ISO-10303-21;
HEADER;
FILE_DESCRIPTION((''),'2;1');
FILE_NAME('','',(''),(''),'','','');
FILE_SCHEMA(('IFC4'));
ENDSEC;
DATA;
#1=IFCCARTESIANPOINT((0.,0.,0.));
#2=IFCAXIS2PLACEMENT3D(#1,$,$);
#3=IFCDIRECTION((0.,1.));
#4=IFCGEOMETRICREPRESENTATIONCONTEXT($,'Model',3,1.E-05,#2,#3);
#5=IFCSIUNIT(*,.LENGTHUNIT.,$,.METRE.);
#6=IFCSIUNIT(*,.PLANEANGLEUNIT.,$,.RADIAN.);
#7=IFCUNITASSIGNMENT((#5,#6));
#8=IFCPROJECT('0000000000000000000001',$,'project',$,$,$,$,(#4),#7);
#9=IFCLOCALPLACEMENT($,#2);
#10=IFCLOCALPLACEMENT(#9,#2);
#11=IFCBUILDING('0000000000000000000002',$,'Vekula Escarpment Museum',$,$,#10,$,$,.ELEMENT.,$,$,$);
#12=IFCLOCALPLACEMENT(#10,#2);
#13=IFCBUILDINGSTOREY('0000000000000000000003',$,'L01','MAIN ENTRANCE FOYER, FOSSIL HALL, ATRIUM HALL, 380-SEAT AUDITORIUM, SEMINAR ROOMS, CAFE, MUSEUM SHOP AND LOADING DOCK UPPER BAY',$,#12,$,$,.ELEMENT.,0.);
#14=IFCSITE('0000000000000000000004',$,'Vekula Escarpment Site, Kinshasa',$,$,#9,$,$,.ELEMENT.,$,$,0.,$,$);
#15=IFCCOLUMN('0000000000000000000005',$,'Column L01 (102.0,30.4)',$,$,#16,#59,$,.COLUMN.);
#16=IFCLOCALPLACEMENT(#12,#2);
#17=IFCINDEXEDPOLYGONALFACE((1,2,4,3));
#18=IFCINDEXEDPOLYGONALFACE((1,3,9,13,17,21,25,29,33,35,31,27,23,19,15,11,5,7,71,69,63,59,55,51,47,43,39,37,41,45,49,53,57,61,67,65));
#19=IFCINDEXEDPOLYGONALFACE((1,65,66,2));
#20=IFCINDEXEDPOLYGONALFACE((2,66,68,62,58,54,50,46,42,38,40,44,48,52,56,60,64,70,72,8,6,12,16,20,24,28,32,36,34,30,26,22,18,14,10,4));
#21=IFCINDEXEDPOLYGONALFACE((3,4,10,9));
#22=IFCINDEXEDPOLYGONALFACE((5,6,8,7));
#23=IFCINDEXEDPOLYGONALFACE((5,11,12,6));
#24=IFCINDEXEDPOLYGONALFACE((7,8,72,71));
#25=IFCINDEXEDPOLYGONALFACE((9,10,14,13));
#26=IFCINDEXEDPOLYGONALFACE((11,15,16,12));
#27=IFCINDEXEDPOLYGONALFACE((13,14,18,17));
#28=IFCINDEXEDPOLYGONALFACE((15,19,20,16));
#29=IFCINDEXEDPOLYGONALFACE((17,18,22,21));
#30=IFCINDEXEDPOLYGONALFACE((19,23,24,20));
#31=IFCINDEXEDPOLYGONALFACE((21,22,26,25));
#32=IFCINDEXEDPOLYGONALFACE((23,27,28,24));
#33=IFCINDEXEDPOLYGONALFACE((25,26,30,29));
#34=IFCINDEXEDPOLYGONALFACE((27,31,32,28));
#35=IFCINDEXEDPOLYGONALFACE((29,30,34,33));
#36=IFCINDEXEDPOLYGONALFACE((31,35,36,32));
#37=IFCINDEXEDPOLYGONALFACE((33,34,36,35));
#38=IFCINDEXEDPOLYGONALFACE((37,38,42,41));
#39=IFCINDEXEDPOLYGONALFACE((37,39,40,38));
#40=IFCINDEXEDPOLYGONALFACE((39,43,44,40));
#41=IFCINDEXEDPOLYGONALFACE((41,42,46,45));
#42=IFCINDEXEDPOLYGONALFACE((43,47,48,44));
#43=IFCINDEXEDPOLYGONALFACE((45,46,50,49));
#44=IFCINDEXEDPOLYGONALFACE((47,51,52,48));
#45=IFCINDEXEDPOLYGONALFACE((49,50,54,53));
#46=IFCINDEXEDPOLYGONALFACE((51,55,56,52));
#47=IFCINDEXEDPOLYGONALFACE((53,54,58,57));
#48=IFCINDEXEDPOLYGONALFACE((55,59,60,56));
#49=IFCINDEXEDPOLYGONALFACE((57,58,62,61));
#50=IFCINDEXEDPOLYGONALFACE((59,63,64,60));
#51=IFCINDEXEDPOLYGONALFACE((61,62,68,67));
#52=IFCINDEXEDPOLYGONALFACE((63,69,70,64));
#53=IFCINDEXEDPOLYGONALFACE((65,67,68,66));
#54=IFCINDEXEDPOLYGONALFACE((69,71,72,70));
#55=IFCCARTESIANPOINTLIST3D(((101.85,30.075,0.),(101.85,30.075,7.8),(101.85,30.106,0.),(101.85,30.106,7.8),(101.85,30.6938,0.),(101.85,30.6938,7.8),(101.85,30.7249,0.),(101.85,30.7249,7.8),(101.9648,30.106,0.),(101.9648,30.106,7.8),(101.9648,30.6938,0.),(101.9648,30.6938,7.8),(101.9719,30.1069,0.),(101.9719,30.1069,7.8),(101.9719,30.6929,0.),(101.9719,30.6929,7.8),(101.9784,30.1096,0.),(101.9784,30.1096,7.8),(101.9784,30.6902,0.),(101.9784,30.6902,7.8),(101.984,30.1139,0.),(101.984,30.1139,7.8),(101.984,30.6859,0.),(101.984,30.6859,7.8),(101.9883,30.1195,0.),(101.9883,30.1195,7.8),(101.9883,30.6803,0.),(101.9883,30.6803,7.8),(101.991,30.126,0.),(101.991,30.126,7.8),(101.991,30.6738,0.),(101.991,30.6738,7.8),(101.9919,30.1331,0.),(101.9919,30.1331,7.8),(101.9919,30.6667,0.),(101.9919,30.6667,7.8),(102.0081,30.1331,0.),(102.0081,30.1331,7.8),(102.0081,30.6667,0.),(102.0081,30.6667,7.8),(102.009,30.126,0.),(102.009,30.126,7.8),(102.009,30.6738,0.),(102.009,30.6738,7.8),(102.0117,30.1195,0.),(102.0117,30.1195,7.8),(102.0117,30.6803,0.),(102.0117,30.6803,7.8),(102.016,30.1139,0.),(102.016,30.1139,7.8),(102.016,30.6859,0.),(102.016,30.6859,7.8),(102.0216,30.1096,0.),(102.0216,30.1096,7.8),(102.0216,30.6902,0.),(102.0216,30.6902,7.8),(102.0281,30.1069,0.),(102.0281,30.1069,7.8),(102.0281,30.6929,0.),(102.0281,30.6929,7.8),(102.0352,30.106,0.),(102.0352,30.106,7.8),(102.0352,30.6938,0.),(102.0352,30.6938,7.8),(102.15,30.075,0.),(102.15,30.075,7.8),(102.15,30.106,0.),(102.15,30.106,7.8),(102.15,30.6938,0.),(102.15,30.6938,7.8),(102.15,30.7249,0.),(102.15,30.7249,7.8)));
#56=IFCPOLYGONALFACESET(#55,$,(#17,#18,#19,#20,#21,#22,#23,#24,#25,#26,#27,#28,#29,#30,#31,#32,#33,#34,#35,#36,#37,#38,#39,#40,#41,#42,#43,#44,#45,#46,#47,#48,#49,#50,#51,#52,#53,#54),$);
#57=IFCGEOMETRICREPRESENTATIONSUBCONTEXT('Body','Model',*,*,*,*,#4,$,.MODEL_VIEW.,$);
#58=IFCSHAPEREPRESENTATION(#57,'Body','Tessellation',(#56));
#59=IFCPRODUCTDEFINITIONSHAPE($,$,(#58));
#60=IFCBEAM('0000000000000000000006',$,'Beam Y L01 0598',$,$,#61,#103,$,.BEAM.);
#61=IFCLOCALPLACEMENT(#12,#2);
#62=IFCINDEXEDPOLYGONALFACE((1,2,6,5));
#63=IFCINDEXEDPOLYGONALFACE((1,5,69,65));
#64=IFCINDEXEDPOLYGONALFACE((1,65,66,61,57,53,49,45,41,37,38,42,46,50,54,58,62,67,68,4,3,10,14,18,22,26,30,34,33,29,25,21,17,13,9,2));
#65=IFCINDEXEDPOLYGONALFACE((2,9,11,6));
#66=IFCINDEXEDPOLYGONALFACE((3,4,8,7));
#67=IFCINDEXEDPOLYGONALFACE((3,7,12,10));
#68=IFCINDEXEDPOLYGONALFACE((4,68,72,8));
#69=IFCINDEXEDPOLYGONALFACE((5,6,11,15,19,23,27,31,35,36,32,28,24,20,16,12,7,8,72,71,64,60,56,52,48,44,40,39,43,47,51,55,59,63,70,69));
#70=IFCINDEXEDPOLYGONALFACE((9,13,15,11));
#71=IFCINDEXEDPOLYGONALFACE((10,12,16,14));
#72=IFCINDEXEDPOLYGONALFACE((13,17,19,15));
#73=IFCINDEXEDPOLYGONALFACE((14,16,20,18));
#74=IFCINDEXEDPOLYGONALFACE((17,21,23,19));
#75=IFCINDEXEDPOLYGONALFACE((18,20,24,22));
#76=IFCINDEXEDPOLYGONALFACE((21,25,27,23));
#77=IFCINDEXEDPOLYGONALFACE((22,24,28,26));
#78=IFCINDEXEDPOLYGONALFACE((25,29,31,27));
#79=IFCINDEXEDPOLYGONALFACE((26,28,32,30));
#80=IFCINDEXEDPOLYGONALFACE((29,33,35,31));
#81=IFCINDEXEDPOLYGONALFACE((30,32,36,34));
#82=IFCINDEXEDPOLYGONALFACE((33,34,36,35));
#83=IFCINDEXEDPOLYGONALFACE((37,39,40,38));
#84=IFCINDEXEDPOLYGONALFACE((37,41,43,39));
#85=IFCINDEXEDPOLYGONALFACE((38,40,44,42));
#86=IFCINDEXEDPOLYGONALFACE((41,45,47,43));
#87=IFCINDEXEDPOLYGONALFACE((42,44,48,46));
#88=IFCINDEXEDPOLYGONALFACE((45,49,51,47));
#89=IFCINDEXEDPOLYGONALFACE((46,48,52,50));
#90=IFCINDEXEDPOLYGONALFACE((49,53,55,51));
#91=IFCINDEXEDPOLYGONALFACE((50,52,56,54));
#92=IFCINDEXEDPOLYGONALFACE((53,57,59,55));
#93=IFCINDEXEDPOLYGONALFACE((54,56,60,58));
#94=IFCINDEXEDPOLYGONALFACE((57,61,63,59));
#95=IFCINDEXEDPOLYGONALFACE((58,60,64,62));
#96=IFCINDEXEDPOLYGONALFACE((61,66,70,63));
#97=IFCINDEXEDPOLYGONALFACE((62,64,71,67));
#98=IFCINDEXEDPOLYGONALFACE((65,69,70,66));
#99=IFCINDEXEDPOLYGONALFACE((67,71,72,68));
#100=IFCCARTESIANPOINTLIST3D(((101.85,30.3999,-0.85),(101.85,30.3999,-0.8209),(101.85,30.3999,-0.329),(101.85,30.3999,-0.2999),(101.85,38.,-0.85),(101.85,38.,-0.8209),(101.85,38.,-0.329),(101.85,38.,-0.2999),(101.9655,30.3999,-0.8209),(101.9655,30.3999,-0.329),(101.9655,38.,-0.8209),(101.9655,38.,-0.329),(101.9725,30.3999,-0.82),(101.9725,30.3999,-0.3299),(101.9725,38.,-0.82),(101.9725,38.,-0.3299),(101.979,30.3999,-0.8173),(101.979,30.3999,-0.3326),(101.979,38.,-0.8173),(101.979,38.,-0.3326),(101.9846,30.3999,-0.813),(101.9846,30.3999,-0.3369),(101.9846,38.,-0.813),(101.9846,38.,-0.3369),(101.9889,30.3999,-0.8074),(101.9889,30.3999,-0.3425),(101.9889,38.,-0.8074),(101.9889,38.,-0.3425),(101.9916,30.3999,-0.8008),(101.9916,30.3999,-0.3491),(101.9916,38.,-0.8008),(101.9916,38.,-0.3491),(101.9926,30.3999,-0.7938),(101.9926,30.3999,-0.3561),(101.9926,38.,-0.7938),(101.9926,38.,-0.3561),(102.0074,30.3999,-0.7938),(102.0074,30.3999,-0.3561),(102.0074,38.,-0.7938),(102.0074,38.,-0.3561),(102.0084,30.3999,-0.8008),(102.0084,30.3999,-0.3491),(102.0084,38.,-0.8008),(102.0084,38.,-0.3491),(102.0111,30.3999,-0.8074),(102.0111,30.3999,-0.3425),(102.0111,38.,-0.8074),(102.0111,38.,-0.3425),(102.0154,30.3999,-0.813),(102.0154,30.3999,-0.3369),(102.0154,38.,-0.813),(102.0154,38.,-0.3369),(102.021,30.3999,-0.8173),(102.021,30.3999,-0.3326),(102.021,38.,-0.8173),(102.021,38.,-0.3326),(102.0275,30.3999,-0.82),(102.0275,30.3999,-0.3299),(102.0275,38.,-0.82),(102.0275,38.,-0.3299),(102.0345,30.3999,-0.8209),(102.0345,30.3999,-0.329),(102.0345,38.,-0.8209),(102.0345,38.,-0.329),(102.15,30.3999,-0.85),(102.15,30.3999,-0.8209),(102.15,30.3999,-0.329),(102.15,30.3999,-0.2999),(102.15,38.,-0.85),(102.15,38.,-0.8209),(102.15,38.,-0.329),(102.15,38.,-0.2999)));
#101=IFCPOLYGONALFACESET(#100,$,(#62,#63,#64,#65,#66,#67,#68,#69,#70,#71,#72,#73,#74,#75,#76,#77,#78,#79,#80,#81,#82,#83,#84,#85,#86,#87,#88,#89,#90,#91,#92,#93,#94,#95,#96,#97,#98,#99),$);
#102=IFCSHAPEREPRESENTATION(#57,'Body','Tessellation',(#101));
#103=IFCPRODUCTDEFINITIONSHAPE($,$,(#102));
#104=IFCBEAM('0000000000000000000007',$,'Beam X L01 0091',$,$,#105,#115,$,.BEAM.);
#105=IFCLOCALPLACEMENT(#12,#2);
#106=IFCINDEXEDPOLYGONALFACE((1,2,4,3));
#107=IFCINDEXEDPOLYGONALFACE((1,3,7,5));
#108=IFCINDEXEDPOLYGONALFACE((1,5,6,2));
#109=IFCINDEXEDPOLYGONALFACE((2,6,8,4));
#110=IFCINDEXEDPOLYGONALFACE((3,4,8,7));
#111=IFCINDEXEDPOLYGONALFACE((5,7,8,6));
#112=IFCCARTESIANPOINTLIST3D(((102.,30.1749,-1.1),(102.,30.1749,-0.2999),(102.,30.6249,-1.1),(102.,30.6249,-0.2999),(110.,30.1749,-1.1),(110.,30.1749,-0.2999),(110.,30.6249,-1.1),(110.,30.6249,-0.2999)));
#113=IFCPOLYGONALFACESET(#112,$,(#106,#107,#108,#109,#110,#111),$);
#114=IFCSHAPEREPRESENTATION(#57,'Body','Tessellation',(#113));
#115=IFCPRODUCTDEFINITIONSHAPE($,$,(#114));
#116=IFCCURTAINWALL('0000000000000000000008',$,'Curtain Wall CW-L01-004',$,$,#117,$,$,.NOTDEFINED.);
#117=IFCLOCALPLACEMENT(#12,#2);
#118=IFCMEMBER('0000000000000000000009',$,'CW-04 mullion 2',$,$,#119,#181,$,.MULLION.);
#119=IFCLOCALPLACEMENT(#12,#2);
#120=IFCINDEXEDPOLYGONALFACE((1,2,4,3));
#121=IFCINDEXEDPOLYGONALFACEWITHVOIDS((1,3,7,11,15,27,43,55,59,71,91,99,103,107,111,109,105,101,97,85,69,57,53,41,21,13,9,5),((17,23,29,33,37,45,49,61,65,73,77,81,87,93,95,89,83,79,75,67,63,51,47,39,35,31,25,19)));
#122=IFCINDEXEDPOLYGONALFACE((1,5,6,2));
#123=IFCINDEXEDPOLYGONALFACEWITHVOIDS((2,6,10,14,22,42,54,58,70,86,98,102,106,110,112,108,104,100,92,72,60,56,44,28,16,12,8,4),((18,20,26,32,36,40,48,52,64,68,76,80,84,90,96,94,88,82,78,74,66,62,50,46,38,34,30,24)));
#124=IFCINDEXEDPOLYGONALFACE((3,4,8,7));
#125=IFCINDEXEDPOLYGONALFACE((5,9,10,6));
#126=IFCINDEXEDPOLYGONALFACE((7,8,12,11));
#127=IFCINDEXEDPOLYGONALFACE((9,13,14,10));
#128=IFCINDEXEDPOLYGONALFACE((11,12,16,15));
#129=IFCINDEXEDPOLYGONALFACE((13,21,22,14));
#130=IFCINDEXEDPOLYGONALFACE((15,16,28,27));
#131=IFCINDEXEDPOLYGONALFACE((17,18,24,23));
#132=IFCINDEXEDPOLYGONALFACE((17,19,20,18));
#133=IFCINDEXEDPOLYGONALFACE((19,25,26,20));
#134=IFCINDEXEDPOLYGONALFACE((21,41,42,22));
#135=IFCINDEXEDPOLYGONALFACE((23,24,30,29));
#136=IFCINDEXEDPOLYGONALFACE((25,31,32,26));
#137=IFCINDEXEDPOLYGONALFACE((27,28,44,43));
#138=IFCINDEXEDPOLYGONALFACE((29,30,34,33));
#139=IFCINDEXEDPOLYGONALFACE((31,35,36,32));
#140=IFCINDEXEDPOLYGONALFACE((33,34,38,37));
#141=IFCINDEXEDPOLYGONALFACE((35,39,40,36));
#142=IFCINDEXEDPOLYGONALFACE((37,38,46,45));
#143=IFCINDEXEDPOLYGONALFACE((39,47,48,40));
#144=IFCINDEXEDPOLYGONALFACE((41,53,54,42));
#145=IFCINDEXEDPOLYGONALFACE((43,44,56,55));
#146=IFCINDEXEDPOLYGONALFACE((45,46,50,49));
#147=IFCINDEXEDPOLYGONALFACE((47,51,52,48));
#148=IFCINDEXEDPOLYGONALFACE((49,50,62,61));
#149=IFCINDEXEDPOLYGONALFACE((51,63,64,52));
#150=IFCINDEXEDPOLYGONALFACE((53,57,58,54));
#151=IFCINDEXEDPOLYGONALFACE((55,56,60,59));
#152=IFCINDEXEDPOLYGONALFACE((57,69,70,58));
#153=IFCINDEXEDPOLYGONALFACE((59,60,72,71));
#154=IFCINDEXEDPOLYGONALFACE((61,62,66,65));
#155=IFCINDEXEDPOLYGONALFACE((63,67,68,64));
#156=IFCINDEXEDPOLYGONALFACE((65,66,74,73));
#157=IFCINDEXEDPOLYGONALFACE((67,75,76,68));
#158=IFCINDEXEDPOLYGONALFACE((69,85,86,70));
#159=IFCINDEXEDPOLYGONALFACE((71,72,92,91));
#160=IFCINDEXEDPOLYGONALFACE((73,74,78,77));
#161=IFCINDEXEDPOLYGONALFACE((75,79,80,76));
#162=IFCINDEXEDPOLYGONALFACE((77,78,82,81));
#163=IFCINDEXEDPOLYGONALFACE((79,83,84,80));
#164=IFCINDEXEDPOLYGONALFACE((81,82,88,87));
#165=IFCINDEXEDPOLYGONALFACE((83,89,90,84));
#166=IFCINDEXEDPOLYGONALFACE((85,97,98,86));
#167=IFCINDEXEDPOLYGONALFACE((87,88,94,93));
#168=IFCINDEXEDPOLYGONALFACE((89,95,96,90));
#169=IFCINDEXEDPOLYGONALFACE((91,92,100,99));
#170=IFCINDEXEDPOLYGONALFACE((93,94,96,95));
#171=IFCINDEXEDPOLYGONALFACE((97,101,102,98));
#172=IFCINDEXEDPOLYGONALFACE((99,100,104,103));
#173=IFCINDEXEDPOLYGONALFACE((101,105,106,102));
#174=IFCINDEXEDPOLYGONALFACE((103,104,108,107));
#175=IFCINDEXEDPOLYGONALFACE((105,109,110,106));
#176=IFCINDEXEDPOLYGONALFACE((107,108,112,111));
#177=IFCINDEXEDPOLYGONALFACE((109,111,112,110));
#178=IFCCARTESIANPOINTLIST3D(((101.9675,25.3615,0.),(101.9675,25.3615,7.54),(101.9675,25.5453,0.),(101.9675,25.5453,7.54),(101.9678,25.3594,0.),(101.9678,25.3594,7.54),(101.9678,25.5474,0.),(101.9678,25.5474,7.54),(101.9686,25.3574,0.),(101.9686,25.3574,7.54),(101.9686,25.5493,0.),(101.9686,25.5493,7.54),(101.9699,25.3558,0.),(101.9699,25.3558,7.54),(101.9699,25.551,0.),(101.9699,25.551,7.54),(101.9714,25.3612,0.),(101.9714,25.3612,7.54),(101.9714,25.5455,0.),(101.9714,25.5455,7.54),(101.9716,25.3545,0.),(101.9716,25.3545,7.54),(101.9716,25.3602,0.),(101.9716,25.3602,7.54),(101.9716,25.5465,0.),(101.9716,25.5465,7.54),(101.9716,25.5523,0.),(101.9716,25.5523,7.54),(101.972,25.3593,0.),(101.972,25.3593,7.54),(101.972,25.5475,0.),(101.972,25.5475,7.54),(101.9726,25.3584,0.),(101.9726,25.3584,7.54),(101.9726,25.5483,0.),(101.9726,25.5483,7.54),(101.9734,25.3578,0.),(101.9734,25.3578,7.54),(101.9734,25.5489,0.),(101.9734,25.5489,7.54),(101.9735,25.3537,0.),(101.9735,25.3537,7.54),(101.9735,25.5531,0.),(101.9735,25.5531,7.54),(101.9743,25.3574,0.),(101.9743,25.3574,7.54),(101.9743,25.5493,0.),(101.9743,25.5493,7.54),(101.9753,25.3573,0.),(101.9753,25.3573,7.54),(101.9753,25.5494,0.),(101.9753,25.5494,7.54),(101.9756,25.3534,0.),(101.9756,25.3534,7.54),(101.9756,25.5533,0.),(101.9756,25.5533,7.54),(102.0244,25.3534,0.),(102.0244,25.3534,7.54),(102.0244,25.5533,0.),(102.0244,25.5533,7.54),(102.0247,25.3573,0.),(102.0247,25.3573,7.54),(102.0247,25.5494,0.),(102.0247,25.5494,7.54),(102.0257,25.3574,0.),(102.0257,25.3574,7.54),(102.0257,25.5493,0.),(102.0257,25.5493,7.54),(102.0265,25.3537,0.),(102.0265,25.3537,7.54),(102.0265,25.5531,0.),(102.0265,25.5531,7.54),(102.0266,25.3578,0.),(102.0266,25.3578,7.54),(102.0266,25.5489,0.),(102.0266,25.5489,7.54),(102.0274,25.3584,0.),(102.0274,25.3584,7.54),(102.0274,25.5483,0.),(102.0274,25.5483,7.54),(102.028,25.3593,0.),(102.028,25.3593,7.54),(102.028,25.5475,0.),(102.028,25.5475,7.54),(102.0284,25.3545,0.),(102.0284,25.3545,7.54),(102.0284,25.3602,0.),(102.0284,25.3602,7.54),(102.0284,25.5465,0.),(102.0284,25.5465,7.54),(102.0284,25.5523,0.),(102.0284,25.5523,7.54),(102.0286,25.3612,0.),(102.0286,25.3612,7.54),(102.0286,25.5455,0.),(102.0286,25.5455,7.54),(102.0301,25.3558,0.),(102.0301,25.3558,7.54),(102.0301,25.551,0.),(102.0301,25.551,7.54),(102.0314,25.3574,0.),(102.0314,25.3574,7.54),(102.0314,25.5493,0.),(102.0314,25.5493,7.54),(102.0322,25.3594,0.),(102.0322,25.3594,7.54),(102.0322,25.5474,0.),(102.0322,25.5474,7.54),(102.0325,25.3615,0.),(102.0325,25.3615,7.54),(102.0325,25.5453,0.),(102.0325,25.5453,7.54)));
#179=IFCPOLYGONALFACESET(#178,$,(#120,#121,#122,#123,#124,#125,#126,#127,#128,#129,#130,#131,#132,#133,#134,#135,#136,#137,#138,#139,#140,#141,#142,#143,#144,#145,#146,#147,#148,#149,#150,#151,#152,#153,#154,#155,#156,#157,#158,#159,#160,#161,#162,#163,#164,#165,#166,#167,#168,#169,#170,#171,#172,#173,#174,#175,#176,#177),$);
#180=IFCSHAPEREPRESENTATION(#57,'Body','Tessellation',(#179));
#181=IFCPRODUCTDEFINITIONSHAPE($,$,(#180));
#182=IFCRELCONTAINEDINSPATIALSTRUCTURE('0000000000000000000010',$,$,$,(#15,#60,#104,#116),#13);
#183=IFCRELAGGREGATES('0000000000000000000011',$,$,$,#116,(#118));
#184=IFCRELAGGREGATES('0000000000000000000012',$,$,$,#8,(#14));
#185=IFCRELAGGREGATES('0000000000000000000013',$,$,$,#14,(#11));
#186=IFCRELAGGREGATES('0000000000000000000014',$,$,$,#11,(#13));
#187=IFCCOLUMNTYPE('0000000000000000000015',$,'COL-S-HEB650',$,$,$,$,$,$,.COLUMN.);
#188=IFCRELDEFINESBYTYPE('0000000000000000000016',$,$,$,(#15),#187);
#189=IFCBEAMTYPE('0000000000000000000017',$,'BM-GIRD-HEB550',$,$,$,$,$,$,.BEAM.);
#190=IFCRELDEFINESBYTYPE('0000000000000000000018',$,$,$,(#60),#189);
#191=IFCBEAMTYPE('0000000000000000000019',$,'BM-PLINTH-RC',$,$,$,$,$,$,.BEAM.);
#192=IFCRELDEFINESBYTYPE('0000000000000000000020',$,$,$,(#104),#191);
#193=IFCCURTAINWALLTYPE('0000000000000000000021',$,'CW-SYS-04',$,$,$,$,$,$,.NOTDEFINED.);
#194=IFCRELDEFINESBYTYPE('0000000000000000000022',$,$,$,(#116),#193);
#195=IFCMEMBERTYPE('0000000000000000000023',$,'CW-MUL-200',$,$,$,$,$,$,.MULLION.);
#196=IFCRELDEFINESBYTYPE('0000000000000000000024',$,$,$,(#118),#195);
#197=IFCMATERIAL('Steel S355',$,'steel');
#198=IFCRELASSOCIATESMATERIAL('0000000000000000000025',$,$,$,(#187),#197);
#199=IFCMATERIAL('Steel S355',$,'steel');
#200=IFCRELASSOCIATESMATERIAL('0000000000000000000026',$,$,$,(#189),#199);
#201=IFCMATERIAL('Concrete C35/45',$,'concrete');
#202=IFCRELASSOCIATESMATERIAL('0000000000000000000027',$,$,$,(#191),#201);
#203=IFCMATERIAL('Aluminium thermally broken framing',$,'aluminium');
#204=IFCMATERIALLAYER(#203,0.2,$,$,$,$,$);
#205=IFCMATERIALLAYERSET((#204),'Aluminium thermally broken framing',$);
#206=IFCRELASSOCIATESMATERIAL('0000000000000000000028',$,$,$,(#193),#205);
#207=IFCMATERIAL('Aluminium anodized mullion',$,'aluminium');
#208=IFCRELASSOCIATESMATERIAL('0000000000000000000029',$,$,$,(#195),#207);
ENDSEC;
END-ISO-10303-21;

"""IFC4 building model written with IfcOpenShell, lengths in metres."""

from ifc_helpers import new_model, si_unit, direction, frame, origin, origin_2d, place, context, subcontext, project, spatial, rectangle, hollow_rectangle, i_section, extrude, material, layer, layer_set, material_profile, profile_set, type_object, element, aggregate, save


model = new_model("IFC4")

# Units and contexts
model_context = context("Model", 3, precision=1e-05, world=origin(), true_north=direction((0.0, 1.0)))
body_context = subcontext(model_context, "Body", "Model", "MODEL_VIEW")
ifc_project = project(units=[si_unit("LENGTHUNIT", "METRE"), si_unit("PLANEANGLEUNIT", "RADIAN")], contexts=[model_context])

# Site, building, storey
site_placement = place(None, origin())
site = spatial("IfcSite", under=ifc_project, at=site_placement, Name="Vekula Escarpment Site, Kinshasa", CompositionType="ELEMENT", RefElevation=0.0)
building_placement = place(site_placement, origin())
building = spatial("IfcBuilding", under=site, at=building_placement, Name="Vekula Escarpment Museum", CompositionType="ELEMENT")
storey_placement = place(building_placement, origin())
storey = spatial("IfcBuildingStorey", under=building, at=storey_placement, Name="L01", Description="MAIN ENTRANCE FOYER, FOSSIL HALL, ATRIUM HALL, 380-SEAT AUDITORIUM, SEMINAR ROOMS, CAFE, MUSEUM SHOP AND LOADING DOCK UPPER BAY", CompositionType="ELEMENT", Elevation=0.0)

# Column
ifc_material_1 = material(Name="Steel S355", Category="steel")
ifc_material_profile_1 = material_profile(ifc_material_1, i_section(OverallWidth=0.3, OverallDepth=0.6499, WebThickness=0.0161, FlangeThickness=0.031, FilletRadius=0.0271, at=origin_2d()), Name="HEB 650")
ifc_profile_set_1 = profile_set([ifc_material_profile_1], Name="Steel S355")
column_type = type_object("IfcColumnType", Name="COL-S-HEB650", PredefinedType="COLUMN", material=ifc_profile_set_1)
column_placement = place(storey_placement, frame((102.0, 30.3999, 0.0), z_axis=(0.0, 0.0, 1.0), x_axis=(1.0, 0.0, 0.0)))
element("IfcColumn", 1, at=column_placement, inside=storey, type_object=column_type, Name="Column L01 (102.0,30.4)", PredefinedType="COLUMN", context=body_context, shape_type="SweptSolid", body=[
    extrude(i_section(OverallWidth=0.3, OverallDepth=0.6499, WebThickness=0.0161, FlangeThickness=0.031, FilletRadius=0.0271, at=origin_2d()), origin(), (0.0, 0.0, 1.0), 7.8),
])

# Beams
ifc_material_2 = material(Name="Steel S355", Category="steel")
ifc_material_profile_2 = material_profile(ifc_material_2, i_section(OverallWidth=0.3, OverallDepth=0.55, WebThickness=0.0149, FlangeThickness=0.0291, FilletRadius=0.0271, at=origin_2d()), Name="HEB 550")
ifc_profile_set_2 = profile_set([ifc_material_profile_2], Name="Steel S355")
beam_type_1 = type_object("IfcBeamType", Name="BM-GIRD-HEB550", PredefinedType="BEAM", material=ifc_profile_set_2)
beam_1_placement = place(storey_placement, frame((102.0, 30.3999, -0.575), z_axis=(0.0, 1.0, 0.0), x_axis=(-1.0, 0.0, 0.0)))
element("IfcBeam", 2, at=beam_1_placement, inside=storey, type_object=beam_type_1, Name="Beam Y L01 0598", PredefinedType="BEAM", context=body_context, shape_type="SweptSolid", body=[
    extrude(i_section(OverallWidth=0.3, OverallDepth=0.55, WebThickness=0.0149, FlangeThickness=0.0291, FilletRadius=0.0271, at=origin_2d()), origin(), (0.0, 0.0, 1.0), 7.6001),
])
ifc_material_3 = material(Name="Concrete C35/45", Category="concrete")
ifc_material_profile_3 = material_profile(ifc_material_3, rectangle(XDim=0.45, YDim=0.8, at=origin_2d()), Name="RC 450x800")
ifc_profile_set_3 = profile_set([ifc_material_profile_3], Name="Concrete C35/45")
beam_type_2 = type_object("IfcBeamType", Name="BM-PLINTH-RC", PredefinedType="BEAM", material=ifc_profile_set_3)
beam_2_placement = place(storey_placement, frame((102.0, 30.3999, -0.7), z_axis=(1.0, 0.0, 0.0), x_axis=(0.0, 1.0, 0.0)))
element("IfcBeam", 3, at=beam_2_placement, inside=storey, type_object=beam_type_2, Name="Beam X L01 0091", PredefinedType="BEAM", context=body_context, shape_type="SweptSolid", body=[
    extrude(rectangle(XDim=0.45, YDim=0.8, at=origin_2d()), origin(), (0.0, 0.0, 1.0), 8.0),
])

# Curtain wall, member
ifc_material_4 = material(Name="Aluminium thermally broken framing", Category="aluminium")
ifc_layer_1 = layer(ifc_material_4, 0.2)
ifc_layer_set_1 = layer_set([ifc_layer_1], Name="Aluminium thermally broken framing")
curtain_wall_type_1 = type_object("IfcCurtainWallType", Name="CW-SYS-04", PredefinedType="NOTDEFINED", material=ifc_layer_set_1)
curtain_wall_1_placement = place(storey_placement, origin())
curtain_wall_1 = element("IfcCurtainWall", 4, at=curtain_wall_1_placement, inside=storey, type_object=curtain_wall_type_1, Name="Curtain Wall CW-L01-004", PredefinedType="NOTDEFINED")
ifc_material_5 = material(Name="Aluminium anodized mullion", Category="aluminium")
ifc_material_profile_4 = material_profile(ifc_material_5, hollow_rectangle(XDim=0.0649, YDim=0.2, WallThickness=0.0039, InnerFilletRadius=0.0039, OuterFilletRadius=0.0081, at=origin_2d()), Name="ALU 200x65x4")
ifc_profile_set_4 = profile_set([ifc_material_profile_4], Name="Aluminium anodized mullion")
member_type_1 = type_object("IfcMemberType", Name="CW-MUL-200", PredefinedType="MULLION", material=ifc_profile_set_4)
member_1_placement = place(storey_placement, frame((102.0, 25.4534, 0.0), z_axis=(0.0, 0.0, 1.0), x_axis=(-1.0, 0.0, 0.0)))
member_1 = element("IfcMember", 5, at=member_1_placement, type_object=member_type_1, Name="CW-04 mullion 2", PredefinedType="MULLION", context=body_context, shape_type="SweptSolid", body=[
    extrude(hollow_rectangle(XDim=0.0649, YDim=0.2, WallThickness=0.0039, InnerFilletRadius=0.0039, OuterFilletRadius=0.0081, at=origin_2d()), origin(), (0.0, 0.0, 1.0), 7.54),
])

aggregate(curtain_wall_1, [member_1])

save(model, "model.ifc")
